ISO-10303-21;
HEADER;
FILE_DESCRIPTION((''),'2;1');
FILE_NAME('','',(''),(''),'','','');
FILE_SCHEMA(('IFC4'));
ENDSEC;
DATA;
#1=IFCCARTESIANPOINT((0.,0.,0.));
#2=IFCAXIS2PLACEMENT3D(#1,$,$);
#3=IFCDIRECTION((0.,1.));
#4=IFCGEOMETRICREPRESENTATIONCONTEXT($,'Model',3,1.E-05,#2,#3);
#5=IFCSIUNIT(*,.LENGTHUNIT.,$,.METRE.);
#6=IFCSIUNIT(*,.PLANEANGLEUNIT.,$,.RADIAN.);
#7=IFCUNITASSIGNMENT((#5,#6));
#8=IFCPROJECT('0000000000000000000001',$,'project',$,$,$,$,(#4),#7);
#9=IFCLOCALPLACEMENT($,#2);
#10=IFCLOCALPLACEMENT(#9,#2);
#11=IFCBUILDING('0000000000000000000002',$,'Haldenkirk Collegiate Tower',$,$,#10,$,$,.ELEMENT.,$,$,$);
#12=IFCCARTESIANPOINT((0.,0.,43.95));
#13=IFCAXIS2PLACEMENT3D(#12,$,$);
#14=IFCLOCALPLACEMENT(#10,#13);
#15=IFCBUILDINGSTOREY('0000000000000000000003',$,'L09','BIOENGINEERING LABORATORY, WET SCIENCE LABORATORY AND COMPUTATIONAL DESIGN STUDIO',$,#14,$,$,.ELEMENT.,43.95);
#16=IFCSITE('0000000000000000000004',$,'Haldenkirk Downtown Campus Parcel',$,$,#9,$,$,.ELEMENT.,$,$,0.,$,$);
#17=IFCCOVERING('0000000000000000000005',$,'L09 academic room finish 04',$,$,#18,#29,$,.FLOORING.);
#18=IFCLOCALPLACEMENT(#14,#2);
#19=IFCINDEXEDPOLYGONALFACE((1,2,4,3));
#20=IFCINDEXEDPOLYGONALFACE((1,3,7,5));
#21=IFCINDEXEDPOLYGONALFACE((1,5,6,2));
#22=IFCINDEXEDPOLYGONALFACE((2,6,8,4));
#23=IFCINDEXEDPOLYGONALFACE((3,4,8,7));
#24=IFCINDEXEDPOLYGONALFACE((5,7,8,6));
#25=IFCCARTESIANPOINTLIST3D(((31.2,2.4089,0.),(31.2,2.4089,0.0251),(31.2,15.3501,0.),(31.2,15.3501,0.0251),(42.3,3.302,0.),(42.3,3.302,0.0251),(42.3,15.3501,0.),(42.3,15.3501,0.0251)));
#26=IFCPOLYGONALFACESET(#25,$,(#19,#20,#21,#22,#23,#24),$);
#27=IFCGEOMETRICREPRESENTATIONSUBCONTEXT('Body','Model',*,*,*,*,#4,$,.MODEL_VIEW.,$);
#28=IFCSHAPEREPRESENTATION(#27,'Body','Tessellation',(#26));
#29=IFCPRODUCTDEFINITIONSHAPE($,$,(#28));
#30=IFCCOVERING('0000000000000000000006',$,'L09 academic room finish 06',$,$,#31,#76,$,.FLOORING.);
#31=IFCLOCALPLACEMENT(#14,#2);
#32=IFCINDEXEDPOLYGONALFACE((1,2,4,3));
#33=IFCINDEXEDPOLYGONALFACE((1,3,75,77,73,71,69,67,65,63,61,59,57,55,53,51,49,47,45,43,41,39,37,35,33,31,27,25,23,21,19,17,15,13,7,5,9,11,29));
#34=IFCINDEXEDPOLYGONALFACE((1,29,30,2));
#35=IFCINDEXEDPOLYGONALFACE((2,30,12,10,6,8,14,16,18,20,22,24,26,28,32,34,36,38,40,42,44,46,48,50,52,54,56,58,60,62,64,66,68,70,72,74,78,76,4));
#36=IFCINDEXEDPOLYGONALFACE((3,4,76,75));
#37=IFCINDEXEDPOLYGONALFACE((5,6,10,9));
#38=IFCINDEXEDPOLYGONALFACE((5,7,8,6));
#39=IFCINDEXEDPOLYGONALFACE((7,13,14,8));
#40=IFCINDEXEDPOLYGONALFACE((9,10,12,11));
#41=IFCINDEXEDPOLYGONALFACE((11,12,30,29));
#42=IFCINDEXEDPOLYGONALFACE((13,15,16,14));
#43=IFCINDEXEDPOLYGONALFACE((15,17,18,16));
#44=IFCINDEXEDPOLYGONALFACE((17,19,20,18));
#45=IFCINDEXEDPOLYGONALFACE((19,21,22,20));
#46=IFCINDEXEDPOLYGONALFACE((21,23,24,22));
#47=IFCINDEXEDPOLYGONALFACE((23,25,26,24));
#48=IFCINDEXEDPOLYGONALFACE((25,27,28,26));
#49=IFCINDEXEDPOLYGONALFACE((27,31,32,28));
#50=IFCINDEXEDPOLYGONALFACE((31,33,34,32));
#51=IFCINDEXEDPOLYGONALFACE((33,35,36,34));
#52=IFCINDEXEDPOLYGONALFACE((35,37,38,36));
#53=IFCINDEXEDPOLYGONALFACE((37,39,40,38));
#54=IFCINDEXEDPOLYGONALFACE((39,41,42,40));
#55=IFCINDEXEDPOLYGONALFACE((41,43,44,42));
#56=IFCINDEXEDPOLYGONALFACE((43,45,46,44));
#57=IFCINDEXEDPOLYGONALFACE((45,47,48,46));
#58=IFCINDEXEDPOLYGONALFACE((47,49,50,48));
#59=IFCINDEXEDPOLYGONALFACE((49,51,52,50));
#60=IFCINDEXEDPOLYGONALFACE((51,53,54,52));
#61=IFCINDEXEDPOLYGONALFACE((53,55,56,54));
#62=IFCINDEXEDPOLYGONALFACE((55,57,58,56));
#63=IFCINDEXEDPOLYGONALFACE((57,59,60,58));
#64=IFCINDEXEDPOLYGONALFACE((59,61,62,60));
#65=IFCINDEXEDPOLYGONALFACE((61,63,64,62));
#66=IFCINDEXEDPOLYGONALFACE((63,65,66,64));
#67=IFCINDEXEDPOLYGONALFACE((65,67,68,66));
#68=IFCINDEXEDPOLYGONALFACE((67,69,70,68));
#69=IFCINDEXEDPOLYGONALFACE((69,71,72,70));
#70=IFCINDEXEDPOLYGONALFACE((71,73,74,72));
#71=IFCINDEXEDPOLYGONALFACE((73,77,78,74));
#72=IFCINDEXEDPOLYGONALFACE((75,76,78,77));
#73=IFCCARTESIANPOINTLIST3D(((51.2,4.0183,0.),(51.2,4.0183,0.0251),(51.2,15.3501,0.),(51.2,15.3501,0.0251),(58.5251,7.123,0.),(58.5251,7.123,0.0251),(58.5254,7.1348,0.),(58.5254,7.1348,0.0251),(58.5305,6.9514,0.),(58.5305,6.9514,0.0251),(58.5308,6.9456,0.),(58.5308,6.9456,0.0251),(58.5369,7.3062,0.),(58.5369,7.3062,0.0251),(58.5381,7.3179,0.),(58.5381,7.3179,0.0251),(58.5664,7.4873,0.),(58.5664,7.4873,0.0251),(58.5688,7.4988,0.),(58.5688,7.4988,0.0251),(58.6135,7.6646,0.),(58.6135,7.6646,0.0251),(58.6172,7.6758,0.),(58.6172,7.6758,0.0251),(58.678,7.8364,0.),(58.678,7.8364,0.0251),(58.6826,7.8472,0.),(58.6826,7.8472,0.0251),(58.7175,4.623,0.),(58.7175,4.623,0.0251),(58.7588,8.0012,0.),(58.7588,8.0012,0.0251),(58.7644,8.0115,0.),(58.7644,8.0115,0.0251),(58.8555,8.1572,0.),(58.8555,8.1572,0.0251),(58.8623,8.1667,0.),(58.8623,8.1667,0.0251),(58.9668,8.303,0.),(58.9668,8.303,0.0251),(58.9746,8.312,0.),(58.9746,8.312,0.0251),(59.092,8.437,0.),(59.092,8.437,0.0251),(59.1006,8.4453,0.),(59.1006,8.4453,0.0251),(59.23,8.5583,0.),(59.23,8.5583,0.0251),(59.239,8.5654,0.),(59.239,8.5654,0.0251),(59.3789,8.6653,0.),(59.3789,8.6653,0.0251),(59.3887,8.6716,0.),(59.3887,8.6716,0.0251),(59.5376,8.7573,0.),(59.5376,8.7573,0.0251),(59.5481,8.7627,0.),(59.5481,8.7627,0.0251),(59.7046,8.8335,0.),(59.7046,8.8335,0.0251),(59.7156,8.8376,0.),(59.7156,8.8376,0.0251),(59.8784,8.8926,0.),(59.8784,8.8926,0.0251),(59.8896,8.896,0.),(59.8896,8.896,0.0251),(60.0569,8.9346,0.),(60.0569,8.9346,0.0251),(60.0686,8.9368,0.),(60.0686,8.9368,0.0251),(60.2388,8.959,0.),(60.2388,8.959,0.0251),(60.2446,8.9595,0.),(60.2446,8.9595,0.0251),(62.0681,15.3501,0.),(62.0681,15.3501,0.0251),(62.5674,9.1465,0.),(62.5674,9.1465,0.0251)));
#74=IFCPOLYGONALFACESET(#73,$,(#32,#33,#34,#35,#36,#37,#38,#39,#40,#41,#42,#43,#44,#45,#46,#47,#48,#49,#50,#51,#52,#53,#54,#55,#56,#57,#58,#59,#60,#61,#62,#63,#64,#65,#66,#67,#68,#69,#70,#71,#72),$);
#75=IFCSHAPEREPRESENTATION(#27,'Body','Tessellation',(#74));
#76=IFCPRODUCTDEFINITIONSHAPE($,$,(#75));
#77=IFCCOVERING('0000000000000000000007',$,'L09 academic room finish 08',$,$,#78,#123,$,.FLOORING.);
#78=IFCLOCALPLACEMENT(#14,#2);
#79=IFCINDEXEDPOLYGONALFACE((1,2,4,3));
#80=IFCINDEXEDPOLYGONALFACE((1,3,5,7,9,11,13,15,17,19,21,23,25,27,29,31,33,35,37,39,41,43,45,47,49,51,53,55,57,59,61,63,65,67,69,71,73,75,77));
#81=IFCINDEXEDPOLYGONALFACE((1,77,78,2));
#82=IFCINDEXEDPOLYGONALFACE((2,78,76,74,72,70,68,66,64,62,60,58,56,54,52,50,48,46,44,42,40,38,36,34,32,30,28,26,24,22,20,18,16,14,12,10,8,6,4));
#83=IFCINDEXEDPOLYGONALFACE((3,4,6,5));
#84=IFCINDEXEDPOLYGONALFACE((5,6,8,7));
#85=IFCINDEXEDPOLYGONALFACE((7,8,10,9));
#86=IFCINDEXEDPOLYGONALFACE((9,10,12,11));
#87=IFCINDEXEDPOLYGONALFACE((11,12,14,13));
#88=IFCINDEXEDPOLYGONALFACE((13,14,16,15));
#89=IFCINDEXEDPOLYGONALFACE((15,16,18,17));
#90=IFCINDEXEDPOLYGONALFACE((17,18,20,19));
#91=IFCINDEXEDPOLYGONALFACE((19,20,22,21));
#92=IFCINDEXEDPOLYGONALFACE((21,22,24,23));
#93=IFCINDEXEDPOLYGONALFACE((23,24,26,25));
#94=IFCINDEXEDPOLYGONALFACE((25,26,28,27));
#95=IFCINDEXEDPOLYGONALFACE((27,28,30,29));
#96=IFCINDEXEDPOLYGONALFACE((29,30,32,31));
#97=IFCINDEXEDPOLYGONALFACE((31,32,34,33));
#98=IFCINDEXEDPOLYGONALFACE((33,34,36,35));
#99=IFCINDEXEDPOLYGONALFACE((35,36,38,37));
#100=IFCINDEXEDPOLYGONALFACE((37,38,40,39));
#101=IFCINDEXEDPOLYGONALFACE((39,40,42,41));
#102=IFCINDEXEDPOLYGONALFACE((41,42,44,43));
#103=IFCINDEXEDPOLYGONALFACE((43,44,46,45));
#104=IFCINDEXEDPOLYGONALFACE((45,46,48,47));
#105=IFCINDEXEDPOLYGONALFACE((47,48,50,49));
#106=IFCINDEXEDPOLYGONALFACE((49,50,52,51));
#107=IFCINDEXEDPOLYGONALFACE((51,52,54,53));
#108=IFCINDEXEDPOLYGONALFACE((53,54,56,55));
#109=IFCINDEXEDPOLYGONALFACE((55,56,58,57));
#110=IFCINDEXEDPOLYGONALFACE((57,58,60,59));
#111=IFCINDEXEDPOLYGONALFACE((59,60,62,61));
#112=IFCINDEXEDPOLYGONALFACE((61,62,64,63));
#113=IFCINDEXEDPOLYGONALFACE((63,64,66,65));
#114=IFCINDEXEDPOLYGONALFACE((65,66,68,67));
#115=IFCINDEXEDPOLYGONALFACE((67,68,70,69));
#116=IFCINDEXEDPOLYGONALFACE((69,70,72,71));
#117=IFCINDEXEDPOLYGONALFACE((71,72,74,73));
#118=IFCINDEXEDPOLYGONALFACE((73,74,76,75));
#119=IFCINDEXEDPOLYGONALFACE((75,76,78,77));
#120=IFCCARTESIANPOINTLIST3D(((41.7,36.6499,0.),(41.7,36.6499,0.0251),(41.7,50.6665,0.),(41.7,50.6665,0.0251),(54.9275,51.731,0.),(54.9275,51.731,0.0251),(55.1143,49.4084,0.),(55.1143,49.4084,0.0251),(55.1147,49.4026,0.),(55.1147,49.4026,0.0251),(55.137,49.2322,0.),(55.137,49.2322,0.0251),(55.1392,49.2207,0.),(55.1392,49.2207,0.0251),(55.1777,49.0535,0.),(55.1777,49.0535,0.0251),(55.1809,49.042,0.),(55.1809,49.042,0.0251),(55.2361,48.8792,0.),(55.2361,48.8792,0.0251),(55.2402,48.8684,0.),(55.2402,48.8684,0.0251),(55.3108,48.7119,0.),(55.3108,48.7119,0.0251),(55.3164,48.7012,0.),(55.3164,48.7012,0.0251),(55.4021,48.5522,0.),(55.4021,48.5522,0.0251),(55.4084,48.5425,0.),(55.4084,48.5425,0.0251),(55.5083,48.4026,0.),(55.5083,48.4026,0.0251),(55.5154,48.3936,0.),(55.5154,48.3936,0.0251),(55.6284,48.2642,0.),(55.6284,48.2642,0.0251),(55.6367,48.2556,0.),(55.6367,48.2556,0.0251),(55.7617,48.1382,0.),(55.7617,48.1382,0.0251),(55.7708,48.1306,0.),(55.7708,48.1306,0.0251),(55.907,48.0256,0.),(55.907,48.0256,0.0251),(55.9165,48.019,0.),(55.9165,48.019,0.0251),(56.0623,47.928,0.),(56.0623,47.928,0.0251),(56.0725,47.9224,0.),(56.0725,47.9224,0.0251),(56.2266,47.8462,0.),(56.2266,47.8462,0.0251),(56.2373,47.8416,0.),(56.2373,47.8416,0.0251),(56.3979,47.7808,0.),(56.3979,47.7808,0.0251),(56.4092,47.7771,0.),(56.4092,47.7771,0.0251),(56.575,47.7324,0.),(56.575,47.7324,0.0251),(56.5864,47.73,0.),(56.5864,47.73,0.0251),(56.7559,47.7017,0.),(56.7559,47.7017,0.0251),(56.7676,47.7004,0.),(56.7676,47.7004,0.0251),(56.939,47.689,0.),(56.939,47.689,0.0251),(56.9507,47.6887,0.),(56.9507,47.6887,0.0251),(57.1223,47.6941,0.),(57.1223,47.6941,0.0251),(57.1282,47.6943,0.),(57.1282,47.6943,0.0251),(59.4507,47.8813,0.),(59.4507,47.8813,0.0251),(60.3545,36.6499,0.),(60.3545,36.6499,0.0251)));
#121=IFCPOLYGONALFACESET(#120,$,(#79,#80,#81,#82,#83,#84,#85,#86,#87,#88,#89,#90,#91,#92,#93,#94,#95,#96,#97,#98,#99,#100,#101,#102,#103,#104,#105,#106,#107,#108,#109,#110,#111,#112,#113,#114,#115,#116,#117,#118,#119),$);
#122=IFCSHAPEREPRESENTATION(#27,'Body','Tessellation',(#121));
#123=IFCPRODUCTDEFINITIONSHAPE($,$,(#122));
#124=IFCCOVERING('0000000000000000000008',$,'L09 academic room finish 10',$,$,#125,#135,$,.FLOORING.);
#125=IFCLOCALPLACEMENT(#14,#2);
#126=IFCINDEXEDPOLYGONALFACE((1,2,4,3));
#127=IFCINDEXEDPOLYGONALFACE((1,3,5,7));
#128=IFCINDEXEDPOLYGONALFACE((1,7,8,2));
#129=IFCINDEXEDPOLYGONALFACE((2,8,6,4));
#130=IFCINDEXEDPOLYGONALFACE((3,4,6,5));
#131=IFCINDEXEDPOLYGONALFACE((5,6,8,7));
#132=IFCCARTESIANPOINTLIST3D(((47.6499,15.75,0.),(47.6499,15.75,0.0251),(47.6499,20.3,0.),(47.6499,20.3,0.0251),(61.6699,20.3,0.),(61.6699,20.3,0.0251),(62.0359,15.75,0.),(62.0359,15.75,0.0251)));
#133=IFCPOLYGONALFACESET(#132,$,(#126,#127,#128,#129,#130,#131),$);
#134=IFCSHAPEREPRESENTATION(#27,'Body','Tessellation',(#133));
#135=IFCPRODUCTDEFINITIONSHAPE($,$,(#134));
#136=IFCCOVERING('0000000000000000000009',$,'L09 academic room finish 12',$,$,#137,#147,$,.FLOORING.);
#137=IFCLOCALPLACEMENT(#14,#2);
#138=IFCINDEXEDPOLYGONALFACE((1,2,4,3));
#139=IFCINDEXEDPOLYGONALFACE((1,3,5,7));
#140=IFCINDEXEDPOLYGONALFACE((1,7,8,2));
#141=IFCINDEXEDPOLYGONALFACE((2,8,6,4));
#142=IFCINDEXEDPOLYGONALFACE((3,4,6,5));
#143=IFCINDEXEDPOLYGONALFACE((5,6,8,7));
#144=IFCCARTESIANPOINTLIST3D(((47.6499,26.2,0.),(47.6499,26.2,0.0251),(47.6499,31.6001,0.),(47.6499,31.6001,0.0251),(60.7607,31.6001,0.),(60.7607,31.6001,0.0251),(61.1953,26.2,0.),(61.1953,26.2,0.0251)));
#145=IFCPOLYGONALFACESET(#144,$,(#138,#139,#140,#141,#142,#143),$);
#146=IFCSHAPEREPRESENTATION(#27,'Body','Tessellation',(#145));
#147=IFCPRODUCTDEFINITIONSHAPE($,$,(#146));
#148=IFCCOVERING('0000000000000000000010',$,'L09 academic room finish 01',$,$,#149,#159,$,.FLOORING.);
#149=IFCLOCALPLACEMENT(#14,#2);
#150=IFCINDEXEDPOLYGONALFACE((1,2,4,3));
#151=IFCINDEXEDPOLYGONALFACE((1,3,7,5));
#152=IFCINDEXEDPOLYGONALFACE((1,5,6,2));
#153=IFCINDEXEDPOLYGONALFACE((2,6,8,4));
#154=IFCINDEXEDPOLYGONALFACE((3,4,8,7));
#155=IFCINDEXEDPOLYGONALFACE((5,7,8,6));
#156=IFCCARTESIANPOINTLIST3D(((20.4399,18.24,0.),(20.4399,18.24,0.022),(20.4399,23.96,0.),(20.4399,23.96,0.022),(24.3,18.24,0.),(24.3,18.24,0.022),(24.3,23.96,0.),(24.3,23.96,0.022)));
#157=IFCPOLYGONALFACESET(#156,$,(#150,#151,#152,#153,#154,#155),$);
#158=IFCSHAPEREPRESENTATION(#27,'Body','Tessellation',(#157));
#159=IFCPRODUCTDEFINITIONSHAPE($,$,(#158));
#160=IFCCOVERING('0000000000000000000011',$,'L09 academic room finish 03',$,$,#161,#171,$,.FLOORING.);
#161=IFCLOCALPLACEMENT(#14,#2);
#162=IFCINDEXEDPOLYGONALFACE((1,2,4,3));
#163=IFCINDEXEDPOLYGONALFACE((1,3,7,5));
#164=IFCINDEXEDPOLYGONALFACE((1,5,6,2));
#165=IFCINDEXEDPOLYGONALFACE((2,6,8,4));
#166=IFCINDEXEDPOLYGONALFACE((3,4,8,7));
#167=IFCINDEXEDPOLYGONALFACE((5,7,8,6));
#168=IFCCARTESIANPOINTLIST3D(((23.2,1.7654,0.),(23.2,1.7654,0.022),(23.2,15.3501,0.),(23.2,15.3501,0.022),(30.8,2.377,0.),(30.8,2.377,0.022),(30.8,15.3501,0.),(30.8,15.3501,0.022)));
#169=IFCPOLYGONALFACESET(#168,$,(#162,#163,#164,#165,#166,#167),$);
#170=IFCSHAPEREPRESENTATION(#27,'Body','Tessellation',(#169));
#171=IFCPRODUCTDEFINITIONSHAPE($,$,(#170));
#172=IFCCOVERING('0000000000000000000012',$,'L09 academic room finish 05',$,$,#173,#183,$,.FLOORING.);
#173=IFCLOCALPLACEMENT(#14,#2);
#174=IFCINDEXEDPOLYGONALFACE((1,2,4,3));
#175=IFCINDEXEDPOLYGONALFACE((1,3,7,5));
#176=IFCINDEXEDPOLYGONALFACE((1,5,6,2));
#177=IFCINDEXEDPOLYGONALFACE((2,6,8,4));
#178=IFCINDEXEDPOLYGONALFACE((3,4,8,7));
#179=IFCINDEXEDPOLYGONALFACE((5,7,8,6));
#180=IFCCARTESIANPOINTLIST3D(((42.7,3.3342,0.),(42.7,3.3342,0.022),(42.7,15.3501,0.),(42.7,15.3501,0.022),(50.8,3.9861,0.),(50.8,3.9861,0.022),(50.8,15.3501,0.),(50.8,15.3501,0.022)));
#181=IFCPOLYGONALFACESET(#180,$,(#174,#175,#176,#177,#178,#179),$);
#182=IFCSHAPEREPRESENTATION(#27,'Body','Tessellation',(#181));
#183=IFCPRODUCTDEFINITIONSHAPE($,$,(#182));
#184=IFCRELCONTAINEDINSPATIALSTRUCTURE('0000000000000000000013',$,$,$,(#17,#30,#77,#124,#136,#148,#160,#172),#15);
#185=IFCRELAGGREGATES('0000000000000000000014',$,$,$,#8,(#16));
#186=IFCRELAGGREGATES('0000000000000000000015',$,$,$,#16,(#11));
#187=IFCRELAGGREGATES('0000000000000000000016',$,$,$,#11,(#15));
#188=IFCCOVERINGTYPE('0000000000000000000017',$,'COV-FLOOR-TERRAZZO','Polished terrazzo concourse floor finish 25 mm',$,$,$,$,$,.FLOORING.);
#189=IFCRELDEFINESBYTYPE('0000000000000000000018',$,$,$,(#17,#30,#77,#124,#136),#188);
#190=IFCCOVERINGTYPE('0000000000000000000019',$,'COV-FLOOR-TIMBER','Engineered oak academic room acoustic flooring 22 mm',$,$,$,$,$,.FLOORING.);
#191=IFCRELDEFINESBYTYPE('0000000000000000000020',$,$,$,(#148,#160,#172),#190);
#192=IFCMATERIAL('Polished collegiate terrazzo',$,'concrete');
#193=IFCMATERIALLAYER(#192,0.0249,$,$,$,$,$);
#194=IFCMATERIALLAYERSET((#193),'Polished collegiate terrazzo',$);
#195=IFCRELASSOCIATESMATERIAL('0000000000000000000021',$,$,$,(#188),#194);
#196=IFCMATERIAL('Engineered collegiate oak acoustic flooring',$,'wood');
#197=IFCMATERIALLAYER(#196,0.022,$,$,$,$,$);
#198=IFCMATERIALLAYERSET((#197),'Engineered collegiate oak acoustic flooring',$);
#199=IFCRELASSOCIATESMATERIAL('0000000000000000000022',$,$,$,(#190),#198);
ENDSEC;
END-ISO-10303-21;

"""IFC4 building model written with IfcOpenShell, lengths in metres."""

from ifc_helpers import new_model, si_unit, direction, frame, origin, place, context, subcontext, project, spatial, polyline, outline, extrude, material, layer, layer_set, type_object, element, save


model = new_model("IFC4")

# Units and contexts
model_context = context("Model", 3, precision=1e-05, world=origin(), true_north=direction((0.0, 1.0)))
body_context = subcontext(model_context, "Body", "Model", "MODEL_VIEW")
ifc_project = project(units=[si_unit("LENGTHUNIT", "METRE"), si_unit("PLANEANGLEUNIT", "RADIAN")], contexts=[model_context])

# Site, building, storey
site_placement = place(None, origin())
site = spatial("IfcSite", under=ifc_project, at=site_placement, Name="Haldenkirk Downtown Campus Parcel", CompositionType="ELEMENT", RefElevation=0.0)
building_placement = place(site_placement, origin())
building = spatial("IfcBuilding", under=site, at=building_placement, Name="Haldenkirk Collegiate Tower", CompositionType="ELEMENT")
storey_placement = place(building_placement, frame((0.0, 0.0, 43.95)))
storey = spatial("IfcBuildingStorey", under=building, at=storey_placement, Name="L09", Description="BIOENGINEERING LABORATORY, WET SCIENCE LABORATORY AND COMPUTATIONAL DESIGN STUDIO", CompositionType="ELEMENT", Elevation=43.95)

# Coverings
ifc_material_1 = material(Name="Polished collegiate terrazzo", Category="concrete")
ifc_layer_1 = layer(ifc_material_1, 0.0249)
ifc_layer_set_1 = layer_set([ifc_layer_1], Name="Polished collegiate terrazzo")
covering_type_1 = type_object("IfcCoveringType", Name="COV-FLOOR-TERRAZZO", Description="Polished terrazzo concourse floor finish 25 mm", PredefinedType="FLOORING", material=ifc_layer_set_1)
covering_1_placement = place(storey_placement, origin())
element("IfcCovering", 1, at=covering_1_placement, inside=storey, type_object=covering_type_1, Name="L09 academic room finish 04", PredefinedType="FLOORING", context=body_context, shape_type="SweptSolid", body=[
    extrude(outline(polyline([(31.2, 2.4089), (31.2, 15.3501), (42.3, 15.3501), (42.3, 3.302), (31.2, 2.4089)])), origin(), (0.0, 0.0, 1.0), 0.0251),
])
covering_2_placement = place(storey_placement, origin())
element("IfcCovering", 2, at=covering_2_placement, inside=storey, type_object=covering_type_1, Name="L09 academic room finish 06", PredefinedType="FLOORING", context=body_context, shape_type="SweptSolid", body=[
    extrude(outline(polyline([(62.5674, 9.1465), (60.2446, 8.9595), (60.2388, 8.959), (60.0686, 8.9368), (60.0569, 8.9346), (59.8896, 8.896), (59.8784, 8.8926), (59.7156, 8.8376), (59.7046, 8.8335), (59.5481, 8.7627), (59.5376, 8.7573), (59.3887, 8.6716), (59.3789, 8.6653), (59.239, 8.5654), (59.23, 8.5583), (59.1006, 8.4453), (59.092, 8.437), (58.9746, 8.312), (58.9668, 8.303), (58.8623, 8.1667), (58.8555, 8.1572), (58.7644, 8.0115), (58.7588, 8.0012), (58.6826, 7.8472), (58.678, 7.8364), (58.6172, 7.6758), (58.6135, 7.6646), (58.5688, 7.4988), (58.5664, 7.4873), (58.5381, 7.3179), (58.5369, 7.3062), (58.5254, 7.1348), (58.5251, 7.123), (58.5305, 6.9514), (58.5308, 6.9456), (58.7175, 4.623), (51.2, 4.0183), (51.2, 15.3501), (62.0681, 15.3501), (62.5674, 9.1465)])), origin(), (0.0, 0.0, 1.0), 0.0251),
])
covering_3_placement = place(storey_placement, origin())
element("IfcCovering", 3, at=covering_3_placement, inside=storey, type_object=covering_type_1, Name="L09 academic room finish 08", PredefinedType="FLOORING", context=body_context, shape_type="SweptSolid", body=[
    extrude(outline(polyline([(54.9275, 51.731), (55.1143, 49.4084), (55.1147, 49.4026), (55.137, 49.2322), (55.1392, 49.2207), (55.1777, 49.0535), (55.1809, 49.042), (55.2361, 48.8792), (55.2402, 48.8684), (55.3108, 48.7119), (55.3164, 48.7012), (55.4021, 48.5522), (55.4084, 48.5425), (55.5083, 48.4026), (55.5154, 48.3936), (55.6284, 48.2642), (55.6367, 48.2556), (55.7617, 48.1382), (55.7708, 48.1306), (55.907, 48.0256), (55.9165, 48.019), (56.0623, 47.928), (56.0725, 47.9224), (56.2266, 47.8462), (56.2373, 47.8416), (56.3979, 47.7808), (56.4092, 47.7771), (56.575, 47.7324), (56.5864, 47.73), (56.7559, 47.7017), (56.7676, 47.7004), (56.939, 47.689), (56.9507, 47.6887), (57.1223, 47.6941), (57.1282, 47.6943), (59.4507, 47.8813), (60.3545, 36.6499), (41.7, 36.6499), (41.7, 50.6665), (54.9275, 51.731)])), origin(), (0.0, 0.0, 1.0), 0.0251),
])
covering_4_placement = place(storey_placement, origin())
element("IfcCovering", 4, at=covering_4_placement, inside=storey, type_object=covering_type_1, Name="L09 academic room finish 10", PredefinedType="FLOORING", context=body_context, shape_type="SweptSolid", body=[
    extrude(outline(polyline([(62.0359, 15.75), (47.6499, 15.75), (47.6499, 20.3), (61.6699, 20.3), (62.0359, 15.75)])), origin(), (0.0, 0.0, 1.0), 0.0251),
])
covering_5_placement = place(storey_placement, origin())
element("IfcCovering", 5, at=covering_5_placement, inside=storey, type_object=covering_type_1, Name="L09 academic room finish 12", PredefinedType="FLOORING", context=body_context, shape_type="SweptSolid", body=[
    extrude(outline(polyline([(61.1953, 26.2), (47.6499, 26.2), (47.6499, 31.6001), (60.7607, 31.6001), (61.1953, 26.2)])), origin(), (0.0, 0.0, 1.0), 0.0251),
])
ifc_material_2 = material(Name="Engineered collegiate oak acoustic flooring", Category="wood")
ifc_layer_2 = layer(ifc_material_2, 0.022)
ifc_layer_set_2 = layer_set([ifc_layer_2], Name="Engineered collegiate oak acoustic flooring")
covering_type_2 = type_object("IfcCoveringType", Name="COV-FLOOR-TIMBER", Description="Engineered oak academic room acoustic flooring 22 mm", PredefinedType="FLOORING", material=ifc_layer_set_2)
covering_6_placement = place(storey_placement, origin())
element("IfcCovering", 6, at=covering_6_placement, inside=storey, type_object=covering_type_2, Name="L09 academic room finish 01", PredefinedType="FLOORING", context=body_context, shape_type="SweptSolid", body=[
    extrude(outline(polyline([(20.4399, 18.24), (20.4399, 23.96), (24.3, 23.96), (24.3, 18.24), (20.4399, 18.24)])), origin(), (0.0, 0.0, 1.0), 0.022),
])
covering_7_placement = place(storey_placement, origin())
element("IfcCovering", 7, at=covering_7_placement, inside=storey, type_object=covering_type_2, Name="L09 academic room finish 03", PredefinedType="FLOORING", context=body_context, shape_type="SweptSolid", body=[
    extrude(outline(polyline([(23.2, 1.7654), (23.2, 15.3501), (30.8, 15.3501), (30.8, 2.377), (23.2, 1.7654)])), origin(), (0.0, 0.0, 1.0), 0.022),
])
covering_8_placement = place(storey_placement, origin())
element("IfcCovering", 8, at=covering_8_placement, inside=storey, type_object=covering_type_2, Name="L09 academic room finish 05", PredefinedType="FLOORING", context=body_context, shape_type="SweptSolid", body=[
    extrude(outline(polyline([(42.7, 3.3342), (42.7, 15.3501), (50.8, 15.3501), (50.8, 3.9861), (42.7, 3.3342)])), origin(), (0.0, 0.0, 1.0), 0.022),
])

save(model, "model.ifc")
